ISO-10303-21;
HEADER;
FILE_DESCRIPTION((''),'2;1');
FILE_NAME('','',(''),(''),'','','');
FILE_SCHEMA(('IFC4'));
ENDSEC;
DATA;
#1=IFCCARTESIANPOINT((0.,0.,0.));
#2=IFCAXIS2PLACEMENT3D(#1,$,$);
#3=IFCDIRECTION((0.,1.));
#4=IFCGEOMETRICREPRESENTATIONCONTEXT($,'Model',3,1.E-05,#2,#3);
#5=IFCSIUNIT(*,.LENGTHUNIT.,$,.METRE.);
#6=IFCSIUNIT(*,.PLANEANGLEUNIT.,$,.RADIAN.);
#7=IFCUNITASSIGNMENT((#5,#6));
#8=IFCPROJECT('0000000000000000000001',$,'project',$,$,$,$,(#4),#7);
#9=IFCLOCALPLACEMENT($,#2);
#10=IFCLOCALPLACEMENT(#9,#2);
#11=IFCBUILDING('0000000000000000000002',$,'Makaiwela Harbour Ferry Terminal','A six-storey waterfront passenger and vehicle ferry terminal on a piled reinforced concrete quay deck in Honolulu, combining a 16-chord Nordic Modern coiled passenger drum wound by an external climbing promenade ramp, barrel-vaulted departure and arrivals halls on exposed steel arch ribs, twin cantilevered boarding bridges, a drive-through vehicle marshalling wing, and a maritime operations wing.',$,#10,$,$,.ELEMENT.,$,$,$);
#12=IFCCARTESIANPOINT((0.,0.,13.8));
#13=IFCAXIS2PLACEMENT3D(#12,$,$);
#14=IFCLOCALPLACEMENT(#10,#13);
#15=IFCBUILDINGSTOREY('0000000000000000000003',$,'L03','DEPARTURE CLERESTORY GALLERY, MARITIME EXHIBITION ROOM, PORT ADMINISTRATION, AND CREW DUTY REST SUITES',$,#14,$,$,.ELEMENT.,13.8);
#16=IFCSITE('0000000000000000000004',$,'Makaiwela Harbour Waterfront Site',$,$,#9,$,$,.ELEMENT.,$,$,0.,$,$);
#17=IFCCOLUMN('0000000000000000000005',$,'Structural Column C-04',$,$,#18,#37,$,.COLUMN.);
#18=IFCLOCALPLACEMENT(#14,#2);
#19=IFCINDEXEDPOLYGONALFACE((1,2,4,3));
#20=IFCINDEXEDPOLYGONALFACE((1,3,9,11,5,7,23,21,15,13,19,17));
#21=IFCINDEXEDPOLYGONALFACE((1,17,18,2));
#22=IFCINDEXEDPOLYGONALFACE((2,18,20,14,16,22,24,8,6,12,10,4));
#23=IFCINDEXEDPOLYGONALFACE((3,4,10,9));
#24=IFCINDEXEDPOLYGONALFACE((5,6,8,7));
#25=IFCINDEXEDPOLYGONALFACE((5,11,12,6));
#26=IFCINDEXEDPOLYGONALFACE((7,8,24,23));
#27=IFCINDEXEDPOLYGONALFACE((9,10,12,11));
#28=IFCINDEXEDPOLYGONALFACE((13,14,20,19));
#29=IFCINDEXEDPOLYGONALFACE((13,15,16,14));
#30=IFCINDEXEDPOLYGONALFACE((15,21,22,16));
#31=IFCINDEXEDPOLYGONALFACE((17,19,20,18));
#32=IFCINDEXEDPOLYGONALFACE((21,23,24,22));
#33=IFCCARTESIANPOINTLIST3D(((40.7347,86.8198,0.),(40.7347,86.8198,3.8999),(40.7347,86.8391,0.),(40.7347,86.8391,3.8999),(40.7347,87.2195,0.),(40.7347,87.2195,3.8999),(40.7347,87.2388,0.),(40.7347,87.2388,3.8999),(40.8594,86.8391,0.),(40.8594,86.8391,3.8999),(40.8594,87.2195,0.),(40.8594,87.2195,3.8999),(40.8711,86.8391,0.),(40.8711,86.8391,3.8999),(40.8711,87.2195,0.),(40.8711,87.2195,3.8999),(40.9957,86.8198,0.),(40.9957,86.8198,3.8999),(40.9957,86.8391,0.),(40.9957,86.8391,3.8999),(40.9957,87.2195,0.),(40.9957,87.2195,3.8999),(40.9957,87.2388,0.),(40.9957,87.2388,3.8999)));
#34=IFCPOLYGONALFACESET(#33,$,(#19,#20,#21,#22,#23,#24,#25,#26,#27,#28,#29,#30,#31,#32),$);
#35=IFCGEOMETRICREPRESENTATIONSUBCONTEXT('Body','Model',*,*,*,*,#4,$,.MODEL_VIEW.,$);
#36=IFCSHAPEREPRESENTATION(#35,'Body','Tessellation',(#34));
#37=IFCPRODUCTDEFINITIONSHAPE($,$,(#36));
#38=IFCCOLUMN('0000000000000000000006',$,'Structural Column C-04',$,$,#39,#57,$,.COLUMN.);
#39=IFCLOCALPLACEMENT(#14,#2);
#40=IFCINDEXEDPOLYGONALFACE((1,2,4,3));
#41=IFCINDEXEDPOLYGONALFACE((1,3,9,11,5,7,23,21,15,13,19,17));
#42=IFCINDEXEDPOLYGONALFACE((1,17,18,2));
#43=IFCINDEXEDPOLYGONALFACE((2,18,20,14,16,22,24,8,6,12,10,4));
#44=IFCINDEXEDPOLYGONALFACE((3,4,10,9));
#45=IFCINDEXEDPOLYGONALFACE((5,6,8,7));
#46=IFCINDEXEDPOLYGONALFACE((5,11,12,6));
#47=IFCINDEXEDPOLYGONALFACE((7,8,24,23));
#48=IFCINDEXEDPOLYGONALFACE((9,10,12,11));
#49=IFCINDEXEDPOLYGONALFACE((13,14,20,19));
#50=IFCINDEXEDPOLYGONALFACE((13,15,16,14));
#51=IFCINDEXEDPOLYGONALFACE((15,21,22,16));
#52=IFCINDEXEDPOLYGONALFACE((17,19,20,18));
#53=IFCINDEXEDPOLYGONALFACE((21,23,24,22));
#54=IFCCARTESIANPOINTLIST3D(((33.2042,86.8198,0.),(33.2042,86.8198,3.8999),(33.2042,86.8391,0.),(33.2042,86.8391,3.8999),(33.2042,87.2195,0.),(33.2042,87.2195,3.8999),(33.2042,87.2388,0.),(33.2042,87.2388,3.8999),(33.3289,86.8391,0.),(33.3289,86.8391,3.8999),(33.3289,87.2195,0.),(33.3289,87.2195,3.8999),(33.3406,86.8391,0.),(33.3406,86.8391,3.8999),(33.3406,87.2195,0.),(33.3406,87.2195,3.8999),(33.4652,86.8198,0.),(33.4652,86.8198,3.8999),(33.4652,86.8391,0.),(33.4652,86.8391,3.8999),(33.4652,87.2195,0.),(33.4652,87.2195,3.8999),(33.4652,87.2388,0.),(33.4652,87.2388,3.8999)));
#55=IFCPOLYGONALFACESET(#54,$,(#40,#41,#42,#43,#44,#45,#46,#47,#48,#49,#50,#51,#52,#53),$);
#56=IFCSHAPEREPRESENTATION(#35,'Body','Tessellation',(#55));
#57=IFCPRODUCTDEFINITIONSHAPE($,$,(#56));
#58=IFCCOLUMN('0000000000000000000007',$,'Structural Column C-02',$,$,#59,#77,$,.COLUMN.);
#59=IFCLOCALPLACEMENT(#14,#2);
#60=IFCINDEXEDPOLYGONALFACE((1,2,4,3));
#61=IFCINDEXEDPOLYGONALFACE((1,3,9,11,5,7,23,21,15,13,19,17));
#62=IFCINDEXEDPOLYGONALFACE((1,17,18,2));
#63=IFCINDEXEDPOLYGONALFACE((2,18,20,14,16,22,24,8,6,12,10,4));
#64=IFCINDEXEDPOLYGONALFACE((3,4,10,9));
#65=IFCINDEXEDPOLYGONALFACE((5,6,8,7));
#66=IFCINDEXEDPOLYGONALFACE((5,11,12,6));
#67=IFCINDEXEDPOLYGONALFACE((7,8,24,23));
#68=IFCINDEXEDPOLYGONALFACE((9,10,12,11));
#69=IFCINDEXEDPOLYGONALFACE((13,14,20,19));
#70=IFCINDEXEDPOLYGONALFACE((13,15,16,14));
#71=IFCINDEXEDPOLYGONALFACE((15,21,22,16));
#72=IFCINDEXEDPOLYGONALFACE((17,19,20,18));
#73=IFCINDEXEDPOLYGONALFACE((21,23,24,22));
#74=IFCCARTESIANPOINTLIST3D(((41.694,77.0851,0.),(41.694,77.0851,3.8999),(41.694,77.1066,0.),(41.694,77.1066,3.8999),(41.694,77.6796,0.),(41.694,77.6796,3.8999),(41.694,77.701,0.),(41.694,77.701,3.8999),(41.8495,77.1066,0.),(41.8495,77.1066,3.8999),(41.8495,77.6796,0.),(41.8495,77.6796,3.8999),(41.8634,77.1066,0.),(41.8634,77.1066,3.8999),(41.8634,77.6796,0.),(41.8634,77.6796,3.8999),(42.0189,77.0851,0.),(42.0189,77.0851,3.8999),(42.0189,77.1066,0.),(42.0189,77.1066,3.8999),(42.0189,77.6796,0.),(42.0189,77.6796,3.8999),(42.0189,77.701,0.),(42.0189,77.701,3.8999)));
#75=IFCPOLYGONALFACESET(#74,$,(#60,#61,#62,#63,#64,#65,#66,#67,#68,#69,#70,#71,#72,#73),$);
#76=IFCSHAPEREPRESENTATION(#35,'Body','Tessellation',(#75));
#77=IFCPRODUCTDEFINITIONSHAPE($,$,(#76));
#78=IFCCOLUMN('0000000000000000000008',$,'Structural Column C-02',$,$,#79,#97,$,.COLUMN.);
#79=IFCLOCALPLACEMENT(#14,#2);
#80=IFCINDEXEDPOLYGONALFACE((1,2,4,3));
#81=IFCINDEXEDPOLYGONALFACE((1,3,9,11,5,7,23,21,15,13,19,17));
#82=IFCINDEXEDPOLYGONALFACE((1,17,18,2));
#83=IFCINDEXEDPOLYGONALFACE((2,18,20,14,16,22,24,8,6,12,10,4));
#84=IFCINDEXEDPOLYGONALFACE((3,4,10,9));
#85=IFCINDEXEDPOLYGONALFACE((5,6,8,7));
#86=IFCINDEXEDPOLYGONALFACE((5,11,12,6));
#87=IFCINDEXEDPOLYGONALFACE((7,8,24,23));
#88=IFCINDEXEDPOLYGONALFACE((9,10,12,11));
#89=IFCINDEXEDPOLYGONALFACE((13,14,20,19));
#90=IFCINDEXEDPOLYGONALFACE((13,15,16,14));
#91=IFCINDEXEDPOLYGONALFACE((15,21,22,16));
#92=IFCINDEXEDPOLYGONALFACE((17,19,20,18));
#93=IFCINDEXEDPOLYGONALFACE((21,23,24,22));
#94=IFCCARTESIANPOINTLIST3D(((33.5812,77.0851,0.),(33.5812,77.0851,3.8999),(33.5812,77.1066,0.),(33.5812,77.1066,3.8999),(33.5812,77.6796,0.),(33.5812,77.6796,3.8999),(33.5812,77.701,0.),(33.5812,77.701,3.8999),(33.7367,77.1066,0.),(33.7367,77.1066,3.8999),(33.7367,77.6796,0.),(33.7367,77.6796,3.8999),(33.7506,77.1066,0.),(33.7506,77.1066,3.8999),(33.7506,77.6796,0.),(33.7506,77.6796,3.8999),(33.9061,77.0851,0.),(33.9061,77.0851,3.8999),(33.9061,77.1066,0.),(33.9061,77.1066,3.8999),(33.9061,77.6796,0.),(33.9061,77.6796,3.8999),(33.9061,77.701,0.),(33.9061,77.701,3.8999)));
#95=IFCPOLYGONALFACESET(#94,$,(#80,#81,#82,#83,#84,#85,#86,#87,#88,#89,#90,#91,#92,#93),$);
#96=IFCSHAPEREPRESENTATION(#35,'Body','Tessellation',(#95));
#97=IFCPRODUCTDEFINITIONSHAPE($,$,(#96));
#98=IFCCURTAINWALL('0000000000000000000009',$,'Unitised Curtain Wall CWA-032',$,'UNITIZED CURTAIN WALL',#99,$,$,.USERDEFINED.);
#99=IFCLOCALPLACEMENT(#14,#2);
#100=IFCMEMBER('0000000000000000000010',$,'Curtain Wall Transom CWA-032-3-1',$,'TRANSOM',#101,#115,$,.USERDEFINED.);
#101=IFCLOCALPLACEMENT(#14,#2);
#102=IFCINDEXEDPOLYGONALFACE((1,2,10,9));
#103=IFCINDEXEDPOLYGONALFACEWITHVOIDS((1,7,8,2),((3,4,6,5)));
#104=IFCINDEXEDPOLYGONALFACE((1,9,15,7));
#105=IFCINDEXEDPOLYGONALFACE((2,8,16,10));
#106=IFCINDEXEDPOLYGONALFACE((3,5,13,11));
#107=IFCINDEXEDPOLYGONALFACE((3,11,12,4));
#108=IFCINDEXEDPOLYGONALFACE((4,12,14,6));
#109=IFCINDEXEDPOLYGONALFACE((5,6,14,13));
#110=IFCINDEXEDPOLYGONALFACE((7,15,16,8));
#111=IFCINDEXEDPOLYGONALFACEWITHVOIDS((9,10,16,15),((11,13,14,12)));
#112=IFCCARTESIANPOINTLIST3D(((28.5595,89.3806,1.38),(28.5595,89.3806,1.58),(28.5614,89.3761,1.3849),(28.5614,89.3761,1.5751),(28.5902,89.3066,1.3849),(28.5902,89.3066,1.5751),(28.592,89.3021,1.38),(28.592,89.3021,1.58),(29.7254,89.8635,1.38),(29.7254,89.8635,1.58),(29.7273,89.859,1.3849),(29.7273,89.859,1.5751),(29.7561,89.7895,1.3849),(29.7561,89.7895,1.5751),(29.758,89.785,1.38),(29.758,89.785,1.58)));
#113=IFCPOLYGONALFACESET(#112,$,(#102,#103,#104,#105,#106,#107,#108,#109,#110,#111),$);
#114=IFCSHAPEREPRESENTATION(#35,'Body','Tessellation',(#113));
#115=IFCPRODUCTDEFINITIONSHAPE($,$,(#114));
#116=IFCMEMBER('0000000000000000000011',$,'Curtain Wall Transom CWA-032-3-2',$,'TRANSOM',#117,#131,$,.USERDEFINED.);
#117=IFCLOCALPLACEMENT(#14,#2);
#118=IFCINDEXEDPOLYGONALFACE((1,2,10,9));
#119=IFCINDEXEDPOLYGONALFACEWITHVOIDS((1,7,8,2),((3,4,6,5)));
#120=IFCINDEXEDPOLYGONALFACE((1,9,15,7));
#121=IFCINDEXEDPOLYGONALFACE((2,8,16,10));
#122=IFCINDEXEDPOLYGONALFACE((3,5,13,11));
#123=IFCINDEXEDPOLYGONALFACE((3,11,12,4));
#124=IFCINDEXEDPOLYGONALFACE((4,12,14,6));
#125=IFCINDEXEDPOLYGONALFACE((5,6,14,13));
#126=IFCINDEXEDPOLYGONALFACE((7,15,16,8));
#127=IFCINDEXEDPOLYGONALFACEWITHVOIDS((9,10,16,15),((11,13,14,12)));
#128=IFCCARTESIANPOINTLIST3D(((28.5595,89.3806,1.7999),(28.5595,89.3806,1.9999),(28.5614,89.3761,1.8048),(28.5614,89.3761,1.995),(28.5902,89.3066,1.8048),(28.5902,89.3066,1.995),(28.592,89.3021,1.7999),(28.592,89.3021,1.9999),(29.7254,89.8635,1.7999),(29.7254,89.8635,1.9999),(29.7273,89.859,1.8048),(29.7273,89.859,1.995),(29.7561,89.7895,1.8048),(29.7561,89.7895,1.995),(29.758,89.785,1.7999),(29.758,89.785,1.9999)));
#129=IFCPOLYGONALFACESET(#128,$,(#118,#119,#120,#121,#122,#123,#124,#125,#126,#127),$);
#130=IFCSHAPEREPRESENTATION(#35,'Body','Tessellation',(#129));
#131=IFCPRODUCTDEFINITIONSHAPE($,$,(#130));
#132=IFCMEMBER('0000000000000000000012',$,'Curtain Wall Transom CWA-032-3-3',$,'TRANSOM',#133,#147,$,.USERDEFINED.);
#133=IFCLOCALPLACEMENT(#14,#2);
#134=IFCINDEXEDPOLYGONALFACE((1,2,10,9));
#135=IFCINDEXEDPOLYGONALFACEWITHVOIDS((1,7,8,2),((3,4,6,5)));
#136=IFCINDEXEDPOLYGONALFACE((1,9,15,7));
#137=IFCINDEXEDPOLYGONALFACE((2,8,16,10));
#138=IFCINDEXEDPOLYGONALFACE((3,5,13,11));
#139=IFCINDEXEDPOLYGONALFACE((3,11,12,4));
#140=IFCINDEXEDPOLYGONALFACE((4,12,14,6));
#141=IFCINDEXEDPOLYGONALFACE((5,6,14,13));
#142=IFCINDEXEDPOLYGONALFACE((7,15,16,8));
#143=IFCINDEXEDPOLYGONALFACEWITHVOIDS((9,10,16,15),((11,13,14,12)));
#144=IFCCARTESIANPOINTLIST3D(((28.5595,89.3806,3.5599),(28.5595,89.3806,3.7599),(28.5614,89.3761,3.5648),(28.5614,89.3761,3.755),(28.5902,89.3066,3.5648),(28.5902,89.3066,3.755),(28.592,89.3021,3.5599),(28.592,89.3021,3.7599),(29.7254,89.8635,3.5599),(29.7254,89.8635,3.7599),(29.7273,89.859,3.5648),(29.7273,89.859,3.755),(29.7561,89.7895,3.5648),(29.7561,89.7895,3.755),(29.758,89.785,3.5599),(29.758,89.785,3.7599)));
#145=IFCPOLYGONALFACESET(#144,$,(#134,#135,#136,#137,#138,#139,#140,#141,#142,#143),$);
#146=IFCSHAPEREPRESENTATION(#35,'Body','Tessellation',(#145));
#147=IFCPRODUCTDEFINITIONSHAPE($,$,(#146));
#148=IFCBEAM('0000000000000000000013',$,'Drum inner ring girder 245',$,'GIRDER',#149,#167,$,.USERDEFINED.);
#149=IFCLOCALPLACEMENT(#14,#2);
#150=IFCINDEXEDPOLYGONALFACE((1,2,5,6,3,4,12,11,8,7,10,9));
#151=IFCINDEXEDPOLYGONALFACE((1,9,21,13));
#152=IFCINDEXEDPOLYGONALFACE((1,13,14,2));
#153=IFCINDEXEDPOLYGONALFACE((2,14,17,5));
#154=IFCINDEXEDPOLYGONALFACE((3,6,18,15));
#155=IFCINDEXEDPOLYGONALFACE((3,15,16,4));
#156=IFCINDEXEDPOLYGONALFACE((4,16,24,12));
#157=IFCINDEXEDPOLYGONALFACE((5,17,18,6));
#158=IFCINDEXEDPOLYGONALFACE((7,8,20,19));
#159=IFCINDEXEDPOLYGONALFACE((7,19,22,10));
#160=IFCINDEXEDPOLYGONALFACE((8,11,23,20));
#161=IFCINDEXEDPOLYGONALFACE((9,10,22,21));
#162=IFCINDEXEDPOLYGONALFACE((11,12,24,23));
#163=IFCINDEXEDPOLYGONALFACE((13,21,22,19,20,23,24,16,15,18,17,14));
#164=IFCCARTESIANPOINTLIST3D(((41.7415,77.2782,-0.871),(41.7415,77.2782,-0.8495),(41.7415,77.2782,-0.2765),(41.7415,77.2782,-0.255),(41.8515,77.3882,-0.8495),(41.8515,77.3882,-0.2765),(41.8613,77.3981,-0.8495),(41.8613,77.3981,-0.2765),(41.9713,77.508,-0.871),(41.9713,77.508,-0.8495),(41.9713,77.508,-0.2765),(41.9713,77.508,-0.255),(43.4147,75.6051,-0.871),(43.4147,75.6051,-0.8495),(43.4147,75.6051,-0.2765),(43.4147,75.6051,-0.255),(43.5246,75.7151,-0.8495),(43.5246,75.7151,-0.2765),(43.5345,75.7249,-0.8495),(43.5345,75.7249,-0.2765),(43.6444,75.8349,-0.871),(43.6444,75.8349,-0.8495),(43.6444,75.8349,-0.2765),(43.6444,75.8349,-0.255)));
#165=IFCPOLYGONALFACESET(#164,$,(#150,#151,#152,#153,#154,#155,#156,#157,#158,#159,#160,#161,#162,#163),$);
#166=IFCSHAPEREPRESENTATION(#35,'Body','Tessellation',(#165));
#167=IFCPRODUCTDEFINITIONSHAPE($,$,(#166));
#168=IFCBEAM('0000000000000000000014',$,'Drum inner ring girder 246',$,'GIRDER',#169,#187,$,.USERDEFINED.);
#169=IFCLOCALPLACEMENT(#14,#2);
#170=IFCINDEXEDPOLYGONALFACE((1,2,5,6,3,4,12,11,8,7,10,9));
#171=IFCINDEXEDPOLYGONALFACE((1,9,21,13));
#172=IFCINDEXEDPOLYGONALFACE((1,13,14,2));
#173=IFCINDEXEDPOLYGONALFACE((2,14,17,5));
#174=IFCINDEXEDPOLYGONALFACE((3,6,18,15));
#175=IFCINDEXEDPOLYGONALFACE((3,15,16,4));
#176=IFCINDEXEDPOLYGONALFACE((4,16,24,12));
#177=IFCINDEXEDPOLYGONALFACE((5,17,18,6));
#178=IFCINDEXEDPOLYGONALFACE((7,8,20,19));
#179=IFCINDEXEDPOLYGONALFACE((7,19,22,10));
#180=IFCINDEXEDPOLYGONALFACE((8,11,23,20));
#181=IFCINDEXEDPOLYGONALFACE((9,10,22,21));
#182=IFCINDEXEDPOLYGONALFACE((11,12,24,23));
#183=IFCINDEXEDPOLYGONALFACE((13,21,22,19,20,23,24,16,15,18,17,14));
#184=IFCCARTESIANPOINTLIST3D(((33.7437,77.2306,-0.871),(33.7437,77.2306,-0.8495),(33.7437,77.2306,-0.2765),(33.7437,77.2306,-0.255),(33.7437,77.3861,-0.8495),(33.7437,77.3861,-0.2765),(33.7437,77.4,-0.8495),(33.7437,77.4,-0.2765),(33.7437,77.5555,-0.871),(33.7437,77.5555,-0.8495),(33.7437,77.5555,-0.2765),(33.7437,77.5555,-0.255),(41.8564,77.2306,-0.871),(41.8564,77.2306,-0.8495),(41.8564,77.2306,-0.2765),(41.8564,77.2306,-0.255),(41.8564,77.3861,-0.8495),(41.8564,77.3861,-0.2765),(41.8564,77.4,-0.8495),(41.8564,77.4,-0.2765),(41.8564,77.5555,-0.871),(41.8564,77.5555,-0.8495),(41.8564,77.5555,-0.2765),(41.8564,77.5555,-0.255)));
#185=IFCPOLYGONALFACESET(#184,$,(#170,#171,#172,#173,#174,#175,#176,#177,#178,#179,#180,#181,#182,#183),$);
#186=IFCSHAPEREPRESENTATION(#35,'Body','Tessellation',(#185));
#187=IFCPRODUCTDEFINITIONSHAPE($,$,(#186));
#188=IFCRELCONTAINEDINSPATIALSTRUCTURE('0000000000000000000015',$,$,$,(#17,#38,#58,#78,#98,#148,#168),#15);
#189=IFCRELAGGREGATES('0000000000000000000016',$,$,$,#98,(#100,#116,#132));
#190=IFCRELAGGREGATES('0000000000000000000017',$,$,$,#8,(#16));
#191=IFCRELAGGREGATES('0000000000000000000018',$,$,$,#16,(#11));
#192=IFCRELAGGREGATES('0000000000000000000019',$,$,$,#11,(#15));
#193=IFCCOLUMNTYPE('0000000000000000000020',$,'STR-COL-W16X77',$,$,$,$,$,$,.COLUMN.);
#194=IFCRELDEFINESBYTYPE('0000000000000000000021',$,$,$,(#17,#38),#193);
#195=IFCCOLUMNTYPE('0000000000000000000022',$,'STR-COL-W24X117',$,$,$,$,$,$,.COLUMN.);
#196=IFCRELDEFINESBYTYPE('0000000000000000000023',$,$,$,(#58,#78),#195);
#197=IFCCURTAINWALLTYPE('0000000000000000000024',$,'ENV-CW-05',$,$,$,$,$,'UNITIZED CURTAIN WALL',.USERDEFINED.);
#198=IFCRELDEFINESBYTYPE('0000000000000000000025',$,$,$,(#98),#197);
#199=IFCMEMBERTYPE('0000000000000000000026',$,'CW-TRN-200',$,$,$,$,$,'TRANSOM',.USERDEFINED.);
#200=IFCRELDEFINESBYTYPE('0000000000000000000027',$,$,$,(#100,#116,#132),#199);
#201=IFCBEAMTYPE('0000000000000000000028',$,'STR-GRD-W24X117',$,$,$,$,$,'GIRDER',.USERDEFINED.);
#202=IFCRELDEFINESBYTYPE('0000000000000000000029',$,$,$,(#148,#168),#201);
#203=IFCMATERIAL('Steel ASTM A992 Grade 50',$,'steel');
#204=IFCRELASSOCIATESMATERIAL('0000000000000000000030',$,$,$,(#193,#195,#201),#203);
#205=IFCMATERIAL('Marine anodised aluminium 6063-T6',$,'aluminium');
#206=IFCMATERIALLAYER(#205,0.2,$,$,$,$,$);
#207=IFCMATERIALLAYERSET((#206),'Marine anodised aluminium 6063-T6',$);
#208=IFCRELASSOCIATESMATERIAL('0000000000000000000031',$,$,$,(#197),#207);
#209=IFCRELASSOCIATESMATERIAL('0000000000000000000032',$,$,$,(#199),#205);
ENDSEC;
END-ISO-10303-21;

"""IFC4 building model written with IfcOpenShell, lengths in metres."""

from ifc_helpers import new_model, si_unit, direction, frame, origin, origin_2d, place, context, subcontext, project, spatial, hollow_rectangle, i_section, extrude, material, layer, layer_set, material_profile, profile_set, type_object, element, aggregate, save


model = new_model("IFC4")

# Units and contexts
model_context = context("Model", 3, precision=1e-05, world=origin(), true_north=direction((0.0, 1.0)))
body_context = subcontext(model_context, "Body", "Model", "MODEL_VIEW")
ifc_project = project(units=[si_unit("LENGTHUNIT", "METRE"), si_unit("PLANEANGLEUNIT", "RADIAN")], contexts=[model_context])

# Site, building, storey
site_placement = place(None, origin())
site = spatial("IfcSite", under=ifc_project, at=site_placement, Name="Makaiwela Harbour Waterfront Site", CompositionType="ELEMENT", RefElevation=0.0)
building_placement = place(site_placement, origin())
building = spatial("IfcBuilding", under=site, at=building_placement, Name="Makaiwela Harbour Ferry Terminal", Description="A six-storey waterfront passenger and vehicle ferry terminal on a piled reinforced concrete quay deck in Honolulu, combining a 16-chord Nordic Modern coiled passenger drum wound by an external climbing promenade ramp, barrel-vaulted departure and arrivals halls on exposed steel arch ribs, twin cantilevered boarding bridges, a drive-through vehicle marshalling wing, and a maritime operations wing.", CompositionType="ELEMENT")
storey_placement = place(building_placement, frame((0.0, 0.0, 13.8)))
storey = spatial("IfcBuildingStorey", under=building, at=storey_placement, Name="L03", Description="DEPARTURE CLERESTORY GALLERY, MARITIME EXHIBITION ROOM, PORT ADMINISTRATION, AND CREW DUTY REST SUITES", CompositionType="ELEMENT", Elevation=13.8)

# Columns
ifc_material_1 = material(Name="Steel ASTM A992 Grade 50", Category="steel")
ifc_material_profile_1 = material_profile(ifc_material_1, i_section(OverallWidth=0.261, OverallDepth=0.4189, WebThickness=0.0117, FlangeThickness=0.0193, at=origin_2d()), Name="W16X77")
ifc_profile_set_1 = profile_set([ifc_material_profile_1], Name="Steel ASTM A992 Grade 50")
column_type_1 = type_object("IfcColumnType", Name="STR-COL-W16X77", PredefinedType="COLUMN", material=ifc_profile_set_1)
for number, where, z_axis, x_axis, name in (
    (1, (40.8652, 87.0293, 0.0), (0.0, 0.0, 1.0), (1.0, 0.0, 0.0), "Structural Column C-04"),
    (2, (33.3347, 87.0293, 0.0), (0.0, 0.0, 1.0), (1.0, 0.0, 0.0), "Structural Column C-04"),
):
    element("IfcColumn", number, at=place(storey_placement, frame(where, z_axis=z_axis, x_axis=x_axis)), inside=storey, type_object=column_type_1, Name=name, PredefinedType="COLUMN", context=body_context, shape_type="SweptSolid", body=[
        extrude(i_section(OverallWidth=0.261, OverallDepth=0.4189, WebThickness=0.0117, FlangeThickness=0.0193, at=origin_2d()), origin(), (0.0, 0.0, 1.0), 3.8999),
    ])
ifc_material_profile_2 = material_profile(ifc_material_1, i_section(OverallWidth=0.325, OverallDepth=0.616, WebThickness=0.0139, FlangeThickness=0.0215, at=origin_2d()), Name="W24X117")
ifc_profile_set_2 = profile_set([ifc_material_profile_2], Name="Steel ASTM A992 Grade 50")
column_type_2 = type_object("IfcColumnType", Name="STR-COL-W24X117", PredefinedType="COLUMN", material=ifc_profile_set_2)
for number, where, z_axis, x_axis, name in (
    (3, (41.8564, 77.3931, 0.0), (0.0, 0.0, 1.0), (1.0, 0.0, 0.0), "Structural Column C-02"),
    (4, (33.7437, 77.3931, 0.0), (0.0, 0.0, 1.0), (1.0, 0.0, 0.0), "Structural Column C-02"),
):
    element("IfcColumn", number, at=place(storey_placement, frame(where, z_axis=z_axis, x_axis=x_axis)), inside=storey, type_object=column_type_2, Name=name, PredefinedType="COLUMN", context=body_context, shape_type="SweptSolid", body=[
        extrude(i_section(OverallWidth=0.325, OverallDepth=0.616, WebThickness=0.0139, FlangeThickness=0.0215, at=origin_2d()), origin(), (0.0, 0.0, 1.0), 3.8999),
    ])

# Curtain wall, members
ifc_material_2 = material(Name="Marine anodised aluminium 6063-T6", Category="aluminium")
ifc_layer_1 = layer(ifc_material_2, 0.2)
ifc_layer_set_1 = layer_set([ifc_layer_1], Name="Marine anodised aluminium 6063-T6")
curtain_wall_type = type_object("IfcCurtainWallType", Name="ENV-CW-05", ElementType="UNITIZED CURTAIN WALL", PredefinedType="USERDEFINED", material=ifc_layer_set_1)
curtain_wall_placement = place(storey_placement, origin())
curtain_wall = element("IfcCurtainWall", 5, at=curtain_wall_placement, inside=storey, type_object=curtain_wall_type, Name="Unitised Curtain Wall CWA-032", ObjectType="UNITIZED CURTAIN WALL", PredefinedType="USERDEFINED")
ifc_material_profile_3 = material_profile(ifc_material_2, hollow_rectangle(XDim=0.085, YDim=0.2, WallThickness=0.0049, at=origin_2d()), Name="CWT-200X85")
ifc_profile_set_3 = profile_set([ifc_material_profile_3], Name="Marine anodised aluminium 6063-T6")
member_type = type_object("IfcMemberType", Name="CW-TRN-200", ElementType="TRANSOM", PredefinedType="USERDEFINED", material=ifc_profile_set_3)
member_1_placement = place(storey_placement, frame((29.7417, 89.8242, 1.48), z_axis=(-0.923899, -0.382637, 0.0), x_axis=(0.382637, -0.923899, 0.0)))
member_1 = element("IfcMember", 6, at=member_1_placement, type_object=member_type, Name="Curtain Wall Transom CWA-032-3-1", ObjectType="TRANSOM", PredefinedType="USERDEFINED", context=body_context, shape_type="SweptSolid", body=[
    extrude(hollow_rectangle(XDim=0.085, YDim=0.2, WallThickness=0.0049, at=origin_2d()), origin(), (0.0, 0.0, 1.0), 1.262),
])
member_2_placement = place(storey_placement, frame((29.7417, 89.8242, 1.8999), z_axis=(-0.923899, -0.382637, 0.0), x_axis=(0.382637, -0.923899, 0.0)))
member_2 = element("IfcMember", 7, at=member_2_placement, type_object=member_type, Name="Curtain Wall Transom CWA-032-3-2", ObjectType="TRANSOM", PredefinedType="USERDEFINED", context=body_context, shape_type="SweptSolid", body=[
    extrude(hollow_rectangle(XDim=0.085, YDim=0.2, WallThickness=0.0049, at=origin_2d()), origin(), (0.0, 0.0, 1.0), 1.262),
])
member_3_placement = place(storey_placement, frame((29.7417, 89.8242, 3.6599), z_axis=(-0.923899, -0.382637, 0.0), x_axis=(0.382637, -0.923899, 0.0)))
member_3 = element("IfcMember", 8, at=member_3_placement, type_object=member_type, Name="Curtain Wall Transom CWA-032-3-3", ObjectType="TRANSOM", PredefinedType="USERDEFINED", context=body_context, shape_type="SweptSolid", body=[
    extrude(hollow_rectangle(XDim=0.085, YDim=0.2, WallThickness=0.0049, at=origin_2d()), origin(), (0.0, 0.0, 1.0), 1.262),
])

# Beams
ifc_material_profile_4 = material_profile(ifc_material_1, i_section(OverallWidth=0.325, OverallDepth=0.616, WebThickness=0.0139, FlangeThickness=0.0215, at=origin_2d()), Name="W24X117")
ifc_profile_set_4 = profile_set([ifc_material_profile_4], Name="Steel ASTM A992 Grade 50")
beam_type_1 = type_object("IfcBeamType", Name="STR-GRD-W24X117", ElementType="GIRDER", PredefinedType="USERDEFINED", material=ifc_profile_set_4)
beam_1_placement = place(storey_placement, frame((43.5295, 75.72, -0.563), z_axis=(-0.707107, 0.707107, 0.0), x_axis=(-0.707107, -0.707107, 0.0)))
element("IfcBeam", 9, at=beam_1_placement, inside=storey, type_object=beam_type_1, Name="Drum inner ring girder 245", ObjectType="GIRDER", PredefinedType="USERDEFINED", context=body_context, shape_type="SweptSolid", body=[
    extrude(i_section(OverallWidth=0.325, OverallDepth=0.616, WebThickness=0.0139, FlangeThickness=0.0215, at=origin_2d()), origin(), (0.0, 0.0, 1.0), 2.3662),
])
beam_2_placement = place(storey_placement, frame((41.8564, 77.3931, -0.563), z_axis=(-1.0, 0.0, 0.0), x_axis=(0.0, -1.0, 0.0)))
element("IfcBeam", 10, at=beam_2_placement, inside=storey, type_object=beam_type_1, Name="Drum inner ring girder 246", ObjectType="GIRDER", PredefinedType="USERDEFINED", context=body_context, shape_type="SweptSolid", body=[
    extrude(i_section(OverallWidth=0.325, OverallDepth=0.616, WebThickness=0.0139, FlangeThickness=0.0215, at=origin_2d()), origin(), (0.0, 0.0, 1.0), 8.1128),
])

aggregate(curtain_wall, [member_1, member_2, member_3])

save(model, "model.ifc")
